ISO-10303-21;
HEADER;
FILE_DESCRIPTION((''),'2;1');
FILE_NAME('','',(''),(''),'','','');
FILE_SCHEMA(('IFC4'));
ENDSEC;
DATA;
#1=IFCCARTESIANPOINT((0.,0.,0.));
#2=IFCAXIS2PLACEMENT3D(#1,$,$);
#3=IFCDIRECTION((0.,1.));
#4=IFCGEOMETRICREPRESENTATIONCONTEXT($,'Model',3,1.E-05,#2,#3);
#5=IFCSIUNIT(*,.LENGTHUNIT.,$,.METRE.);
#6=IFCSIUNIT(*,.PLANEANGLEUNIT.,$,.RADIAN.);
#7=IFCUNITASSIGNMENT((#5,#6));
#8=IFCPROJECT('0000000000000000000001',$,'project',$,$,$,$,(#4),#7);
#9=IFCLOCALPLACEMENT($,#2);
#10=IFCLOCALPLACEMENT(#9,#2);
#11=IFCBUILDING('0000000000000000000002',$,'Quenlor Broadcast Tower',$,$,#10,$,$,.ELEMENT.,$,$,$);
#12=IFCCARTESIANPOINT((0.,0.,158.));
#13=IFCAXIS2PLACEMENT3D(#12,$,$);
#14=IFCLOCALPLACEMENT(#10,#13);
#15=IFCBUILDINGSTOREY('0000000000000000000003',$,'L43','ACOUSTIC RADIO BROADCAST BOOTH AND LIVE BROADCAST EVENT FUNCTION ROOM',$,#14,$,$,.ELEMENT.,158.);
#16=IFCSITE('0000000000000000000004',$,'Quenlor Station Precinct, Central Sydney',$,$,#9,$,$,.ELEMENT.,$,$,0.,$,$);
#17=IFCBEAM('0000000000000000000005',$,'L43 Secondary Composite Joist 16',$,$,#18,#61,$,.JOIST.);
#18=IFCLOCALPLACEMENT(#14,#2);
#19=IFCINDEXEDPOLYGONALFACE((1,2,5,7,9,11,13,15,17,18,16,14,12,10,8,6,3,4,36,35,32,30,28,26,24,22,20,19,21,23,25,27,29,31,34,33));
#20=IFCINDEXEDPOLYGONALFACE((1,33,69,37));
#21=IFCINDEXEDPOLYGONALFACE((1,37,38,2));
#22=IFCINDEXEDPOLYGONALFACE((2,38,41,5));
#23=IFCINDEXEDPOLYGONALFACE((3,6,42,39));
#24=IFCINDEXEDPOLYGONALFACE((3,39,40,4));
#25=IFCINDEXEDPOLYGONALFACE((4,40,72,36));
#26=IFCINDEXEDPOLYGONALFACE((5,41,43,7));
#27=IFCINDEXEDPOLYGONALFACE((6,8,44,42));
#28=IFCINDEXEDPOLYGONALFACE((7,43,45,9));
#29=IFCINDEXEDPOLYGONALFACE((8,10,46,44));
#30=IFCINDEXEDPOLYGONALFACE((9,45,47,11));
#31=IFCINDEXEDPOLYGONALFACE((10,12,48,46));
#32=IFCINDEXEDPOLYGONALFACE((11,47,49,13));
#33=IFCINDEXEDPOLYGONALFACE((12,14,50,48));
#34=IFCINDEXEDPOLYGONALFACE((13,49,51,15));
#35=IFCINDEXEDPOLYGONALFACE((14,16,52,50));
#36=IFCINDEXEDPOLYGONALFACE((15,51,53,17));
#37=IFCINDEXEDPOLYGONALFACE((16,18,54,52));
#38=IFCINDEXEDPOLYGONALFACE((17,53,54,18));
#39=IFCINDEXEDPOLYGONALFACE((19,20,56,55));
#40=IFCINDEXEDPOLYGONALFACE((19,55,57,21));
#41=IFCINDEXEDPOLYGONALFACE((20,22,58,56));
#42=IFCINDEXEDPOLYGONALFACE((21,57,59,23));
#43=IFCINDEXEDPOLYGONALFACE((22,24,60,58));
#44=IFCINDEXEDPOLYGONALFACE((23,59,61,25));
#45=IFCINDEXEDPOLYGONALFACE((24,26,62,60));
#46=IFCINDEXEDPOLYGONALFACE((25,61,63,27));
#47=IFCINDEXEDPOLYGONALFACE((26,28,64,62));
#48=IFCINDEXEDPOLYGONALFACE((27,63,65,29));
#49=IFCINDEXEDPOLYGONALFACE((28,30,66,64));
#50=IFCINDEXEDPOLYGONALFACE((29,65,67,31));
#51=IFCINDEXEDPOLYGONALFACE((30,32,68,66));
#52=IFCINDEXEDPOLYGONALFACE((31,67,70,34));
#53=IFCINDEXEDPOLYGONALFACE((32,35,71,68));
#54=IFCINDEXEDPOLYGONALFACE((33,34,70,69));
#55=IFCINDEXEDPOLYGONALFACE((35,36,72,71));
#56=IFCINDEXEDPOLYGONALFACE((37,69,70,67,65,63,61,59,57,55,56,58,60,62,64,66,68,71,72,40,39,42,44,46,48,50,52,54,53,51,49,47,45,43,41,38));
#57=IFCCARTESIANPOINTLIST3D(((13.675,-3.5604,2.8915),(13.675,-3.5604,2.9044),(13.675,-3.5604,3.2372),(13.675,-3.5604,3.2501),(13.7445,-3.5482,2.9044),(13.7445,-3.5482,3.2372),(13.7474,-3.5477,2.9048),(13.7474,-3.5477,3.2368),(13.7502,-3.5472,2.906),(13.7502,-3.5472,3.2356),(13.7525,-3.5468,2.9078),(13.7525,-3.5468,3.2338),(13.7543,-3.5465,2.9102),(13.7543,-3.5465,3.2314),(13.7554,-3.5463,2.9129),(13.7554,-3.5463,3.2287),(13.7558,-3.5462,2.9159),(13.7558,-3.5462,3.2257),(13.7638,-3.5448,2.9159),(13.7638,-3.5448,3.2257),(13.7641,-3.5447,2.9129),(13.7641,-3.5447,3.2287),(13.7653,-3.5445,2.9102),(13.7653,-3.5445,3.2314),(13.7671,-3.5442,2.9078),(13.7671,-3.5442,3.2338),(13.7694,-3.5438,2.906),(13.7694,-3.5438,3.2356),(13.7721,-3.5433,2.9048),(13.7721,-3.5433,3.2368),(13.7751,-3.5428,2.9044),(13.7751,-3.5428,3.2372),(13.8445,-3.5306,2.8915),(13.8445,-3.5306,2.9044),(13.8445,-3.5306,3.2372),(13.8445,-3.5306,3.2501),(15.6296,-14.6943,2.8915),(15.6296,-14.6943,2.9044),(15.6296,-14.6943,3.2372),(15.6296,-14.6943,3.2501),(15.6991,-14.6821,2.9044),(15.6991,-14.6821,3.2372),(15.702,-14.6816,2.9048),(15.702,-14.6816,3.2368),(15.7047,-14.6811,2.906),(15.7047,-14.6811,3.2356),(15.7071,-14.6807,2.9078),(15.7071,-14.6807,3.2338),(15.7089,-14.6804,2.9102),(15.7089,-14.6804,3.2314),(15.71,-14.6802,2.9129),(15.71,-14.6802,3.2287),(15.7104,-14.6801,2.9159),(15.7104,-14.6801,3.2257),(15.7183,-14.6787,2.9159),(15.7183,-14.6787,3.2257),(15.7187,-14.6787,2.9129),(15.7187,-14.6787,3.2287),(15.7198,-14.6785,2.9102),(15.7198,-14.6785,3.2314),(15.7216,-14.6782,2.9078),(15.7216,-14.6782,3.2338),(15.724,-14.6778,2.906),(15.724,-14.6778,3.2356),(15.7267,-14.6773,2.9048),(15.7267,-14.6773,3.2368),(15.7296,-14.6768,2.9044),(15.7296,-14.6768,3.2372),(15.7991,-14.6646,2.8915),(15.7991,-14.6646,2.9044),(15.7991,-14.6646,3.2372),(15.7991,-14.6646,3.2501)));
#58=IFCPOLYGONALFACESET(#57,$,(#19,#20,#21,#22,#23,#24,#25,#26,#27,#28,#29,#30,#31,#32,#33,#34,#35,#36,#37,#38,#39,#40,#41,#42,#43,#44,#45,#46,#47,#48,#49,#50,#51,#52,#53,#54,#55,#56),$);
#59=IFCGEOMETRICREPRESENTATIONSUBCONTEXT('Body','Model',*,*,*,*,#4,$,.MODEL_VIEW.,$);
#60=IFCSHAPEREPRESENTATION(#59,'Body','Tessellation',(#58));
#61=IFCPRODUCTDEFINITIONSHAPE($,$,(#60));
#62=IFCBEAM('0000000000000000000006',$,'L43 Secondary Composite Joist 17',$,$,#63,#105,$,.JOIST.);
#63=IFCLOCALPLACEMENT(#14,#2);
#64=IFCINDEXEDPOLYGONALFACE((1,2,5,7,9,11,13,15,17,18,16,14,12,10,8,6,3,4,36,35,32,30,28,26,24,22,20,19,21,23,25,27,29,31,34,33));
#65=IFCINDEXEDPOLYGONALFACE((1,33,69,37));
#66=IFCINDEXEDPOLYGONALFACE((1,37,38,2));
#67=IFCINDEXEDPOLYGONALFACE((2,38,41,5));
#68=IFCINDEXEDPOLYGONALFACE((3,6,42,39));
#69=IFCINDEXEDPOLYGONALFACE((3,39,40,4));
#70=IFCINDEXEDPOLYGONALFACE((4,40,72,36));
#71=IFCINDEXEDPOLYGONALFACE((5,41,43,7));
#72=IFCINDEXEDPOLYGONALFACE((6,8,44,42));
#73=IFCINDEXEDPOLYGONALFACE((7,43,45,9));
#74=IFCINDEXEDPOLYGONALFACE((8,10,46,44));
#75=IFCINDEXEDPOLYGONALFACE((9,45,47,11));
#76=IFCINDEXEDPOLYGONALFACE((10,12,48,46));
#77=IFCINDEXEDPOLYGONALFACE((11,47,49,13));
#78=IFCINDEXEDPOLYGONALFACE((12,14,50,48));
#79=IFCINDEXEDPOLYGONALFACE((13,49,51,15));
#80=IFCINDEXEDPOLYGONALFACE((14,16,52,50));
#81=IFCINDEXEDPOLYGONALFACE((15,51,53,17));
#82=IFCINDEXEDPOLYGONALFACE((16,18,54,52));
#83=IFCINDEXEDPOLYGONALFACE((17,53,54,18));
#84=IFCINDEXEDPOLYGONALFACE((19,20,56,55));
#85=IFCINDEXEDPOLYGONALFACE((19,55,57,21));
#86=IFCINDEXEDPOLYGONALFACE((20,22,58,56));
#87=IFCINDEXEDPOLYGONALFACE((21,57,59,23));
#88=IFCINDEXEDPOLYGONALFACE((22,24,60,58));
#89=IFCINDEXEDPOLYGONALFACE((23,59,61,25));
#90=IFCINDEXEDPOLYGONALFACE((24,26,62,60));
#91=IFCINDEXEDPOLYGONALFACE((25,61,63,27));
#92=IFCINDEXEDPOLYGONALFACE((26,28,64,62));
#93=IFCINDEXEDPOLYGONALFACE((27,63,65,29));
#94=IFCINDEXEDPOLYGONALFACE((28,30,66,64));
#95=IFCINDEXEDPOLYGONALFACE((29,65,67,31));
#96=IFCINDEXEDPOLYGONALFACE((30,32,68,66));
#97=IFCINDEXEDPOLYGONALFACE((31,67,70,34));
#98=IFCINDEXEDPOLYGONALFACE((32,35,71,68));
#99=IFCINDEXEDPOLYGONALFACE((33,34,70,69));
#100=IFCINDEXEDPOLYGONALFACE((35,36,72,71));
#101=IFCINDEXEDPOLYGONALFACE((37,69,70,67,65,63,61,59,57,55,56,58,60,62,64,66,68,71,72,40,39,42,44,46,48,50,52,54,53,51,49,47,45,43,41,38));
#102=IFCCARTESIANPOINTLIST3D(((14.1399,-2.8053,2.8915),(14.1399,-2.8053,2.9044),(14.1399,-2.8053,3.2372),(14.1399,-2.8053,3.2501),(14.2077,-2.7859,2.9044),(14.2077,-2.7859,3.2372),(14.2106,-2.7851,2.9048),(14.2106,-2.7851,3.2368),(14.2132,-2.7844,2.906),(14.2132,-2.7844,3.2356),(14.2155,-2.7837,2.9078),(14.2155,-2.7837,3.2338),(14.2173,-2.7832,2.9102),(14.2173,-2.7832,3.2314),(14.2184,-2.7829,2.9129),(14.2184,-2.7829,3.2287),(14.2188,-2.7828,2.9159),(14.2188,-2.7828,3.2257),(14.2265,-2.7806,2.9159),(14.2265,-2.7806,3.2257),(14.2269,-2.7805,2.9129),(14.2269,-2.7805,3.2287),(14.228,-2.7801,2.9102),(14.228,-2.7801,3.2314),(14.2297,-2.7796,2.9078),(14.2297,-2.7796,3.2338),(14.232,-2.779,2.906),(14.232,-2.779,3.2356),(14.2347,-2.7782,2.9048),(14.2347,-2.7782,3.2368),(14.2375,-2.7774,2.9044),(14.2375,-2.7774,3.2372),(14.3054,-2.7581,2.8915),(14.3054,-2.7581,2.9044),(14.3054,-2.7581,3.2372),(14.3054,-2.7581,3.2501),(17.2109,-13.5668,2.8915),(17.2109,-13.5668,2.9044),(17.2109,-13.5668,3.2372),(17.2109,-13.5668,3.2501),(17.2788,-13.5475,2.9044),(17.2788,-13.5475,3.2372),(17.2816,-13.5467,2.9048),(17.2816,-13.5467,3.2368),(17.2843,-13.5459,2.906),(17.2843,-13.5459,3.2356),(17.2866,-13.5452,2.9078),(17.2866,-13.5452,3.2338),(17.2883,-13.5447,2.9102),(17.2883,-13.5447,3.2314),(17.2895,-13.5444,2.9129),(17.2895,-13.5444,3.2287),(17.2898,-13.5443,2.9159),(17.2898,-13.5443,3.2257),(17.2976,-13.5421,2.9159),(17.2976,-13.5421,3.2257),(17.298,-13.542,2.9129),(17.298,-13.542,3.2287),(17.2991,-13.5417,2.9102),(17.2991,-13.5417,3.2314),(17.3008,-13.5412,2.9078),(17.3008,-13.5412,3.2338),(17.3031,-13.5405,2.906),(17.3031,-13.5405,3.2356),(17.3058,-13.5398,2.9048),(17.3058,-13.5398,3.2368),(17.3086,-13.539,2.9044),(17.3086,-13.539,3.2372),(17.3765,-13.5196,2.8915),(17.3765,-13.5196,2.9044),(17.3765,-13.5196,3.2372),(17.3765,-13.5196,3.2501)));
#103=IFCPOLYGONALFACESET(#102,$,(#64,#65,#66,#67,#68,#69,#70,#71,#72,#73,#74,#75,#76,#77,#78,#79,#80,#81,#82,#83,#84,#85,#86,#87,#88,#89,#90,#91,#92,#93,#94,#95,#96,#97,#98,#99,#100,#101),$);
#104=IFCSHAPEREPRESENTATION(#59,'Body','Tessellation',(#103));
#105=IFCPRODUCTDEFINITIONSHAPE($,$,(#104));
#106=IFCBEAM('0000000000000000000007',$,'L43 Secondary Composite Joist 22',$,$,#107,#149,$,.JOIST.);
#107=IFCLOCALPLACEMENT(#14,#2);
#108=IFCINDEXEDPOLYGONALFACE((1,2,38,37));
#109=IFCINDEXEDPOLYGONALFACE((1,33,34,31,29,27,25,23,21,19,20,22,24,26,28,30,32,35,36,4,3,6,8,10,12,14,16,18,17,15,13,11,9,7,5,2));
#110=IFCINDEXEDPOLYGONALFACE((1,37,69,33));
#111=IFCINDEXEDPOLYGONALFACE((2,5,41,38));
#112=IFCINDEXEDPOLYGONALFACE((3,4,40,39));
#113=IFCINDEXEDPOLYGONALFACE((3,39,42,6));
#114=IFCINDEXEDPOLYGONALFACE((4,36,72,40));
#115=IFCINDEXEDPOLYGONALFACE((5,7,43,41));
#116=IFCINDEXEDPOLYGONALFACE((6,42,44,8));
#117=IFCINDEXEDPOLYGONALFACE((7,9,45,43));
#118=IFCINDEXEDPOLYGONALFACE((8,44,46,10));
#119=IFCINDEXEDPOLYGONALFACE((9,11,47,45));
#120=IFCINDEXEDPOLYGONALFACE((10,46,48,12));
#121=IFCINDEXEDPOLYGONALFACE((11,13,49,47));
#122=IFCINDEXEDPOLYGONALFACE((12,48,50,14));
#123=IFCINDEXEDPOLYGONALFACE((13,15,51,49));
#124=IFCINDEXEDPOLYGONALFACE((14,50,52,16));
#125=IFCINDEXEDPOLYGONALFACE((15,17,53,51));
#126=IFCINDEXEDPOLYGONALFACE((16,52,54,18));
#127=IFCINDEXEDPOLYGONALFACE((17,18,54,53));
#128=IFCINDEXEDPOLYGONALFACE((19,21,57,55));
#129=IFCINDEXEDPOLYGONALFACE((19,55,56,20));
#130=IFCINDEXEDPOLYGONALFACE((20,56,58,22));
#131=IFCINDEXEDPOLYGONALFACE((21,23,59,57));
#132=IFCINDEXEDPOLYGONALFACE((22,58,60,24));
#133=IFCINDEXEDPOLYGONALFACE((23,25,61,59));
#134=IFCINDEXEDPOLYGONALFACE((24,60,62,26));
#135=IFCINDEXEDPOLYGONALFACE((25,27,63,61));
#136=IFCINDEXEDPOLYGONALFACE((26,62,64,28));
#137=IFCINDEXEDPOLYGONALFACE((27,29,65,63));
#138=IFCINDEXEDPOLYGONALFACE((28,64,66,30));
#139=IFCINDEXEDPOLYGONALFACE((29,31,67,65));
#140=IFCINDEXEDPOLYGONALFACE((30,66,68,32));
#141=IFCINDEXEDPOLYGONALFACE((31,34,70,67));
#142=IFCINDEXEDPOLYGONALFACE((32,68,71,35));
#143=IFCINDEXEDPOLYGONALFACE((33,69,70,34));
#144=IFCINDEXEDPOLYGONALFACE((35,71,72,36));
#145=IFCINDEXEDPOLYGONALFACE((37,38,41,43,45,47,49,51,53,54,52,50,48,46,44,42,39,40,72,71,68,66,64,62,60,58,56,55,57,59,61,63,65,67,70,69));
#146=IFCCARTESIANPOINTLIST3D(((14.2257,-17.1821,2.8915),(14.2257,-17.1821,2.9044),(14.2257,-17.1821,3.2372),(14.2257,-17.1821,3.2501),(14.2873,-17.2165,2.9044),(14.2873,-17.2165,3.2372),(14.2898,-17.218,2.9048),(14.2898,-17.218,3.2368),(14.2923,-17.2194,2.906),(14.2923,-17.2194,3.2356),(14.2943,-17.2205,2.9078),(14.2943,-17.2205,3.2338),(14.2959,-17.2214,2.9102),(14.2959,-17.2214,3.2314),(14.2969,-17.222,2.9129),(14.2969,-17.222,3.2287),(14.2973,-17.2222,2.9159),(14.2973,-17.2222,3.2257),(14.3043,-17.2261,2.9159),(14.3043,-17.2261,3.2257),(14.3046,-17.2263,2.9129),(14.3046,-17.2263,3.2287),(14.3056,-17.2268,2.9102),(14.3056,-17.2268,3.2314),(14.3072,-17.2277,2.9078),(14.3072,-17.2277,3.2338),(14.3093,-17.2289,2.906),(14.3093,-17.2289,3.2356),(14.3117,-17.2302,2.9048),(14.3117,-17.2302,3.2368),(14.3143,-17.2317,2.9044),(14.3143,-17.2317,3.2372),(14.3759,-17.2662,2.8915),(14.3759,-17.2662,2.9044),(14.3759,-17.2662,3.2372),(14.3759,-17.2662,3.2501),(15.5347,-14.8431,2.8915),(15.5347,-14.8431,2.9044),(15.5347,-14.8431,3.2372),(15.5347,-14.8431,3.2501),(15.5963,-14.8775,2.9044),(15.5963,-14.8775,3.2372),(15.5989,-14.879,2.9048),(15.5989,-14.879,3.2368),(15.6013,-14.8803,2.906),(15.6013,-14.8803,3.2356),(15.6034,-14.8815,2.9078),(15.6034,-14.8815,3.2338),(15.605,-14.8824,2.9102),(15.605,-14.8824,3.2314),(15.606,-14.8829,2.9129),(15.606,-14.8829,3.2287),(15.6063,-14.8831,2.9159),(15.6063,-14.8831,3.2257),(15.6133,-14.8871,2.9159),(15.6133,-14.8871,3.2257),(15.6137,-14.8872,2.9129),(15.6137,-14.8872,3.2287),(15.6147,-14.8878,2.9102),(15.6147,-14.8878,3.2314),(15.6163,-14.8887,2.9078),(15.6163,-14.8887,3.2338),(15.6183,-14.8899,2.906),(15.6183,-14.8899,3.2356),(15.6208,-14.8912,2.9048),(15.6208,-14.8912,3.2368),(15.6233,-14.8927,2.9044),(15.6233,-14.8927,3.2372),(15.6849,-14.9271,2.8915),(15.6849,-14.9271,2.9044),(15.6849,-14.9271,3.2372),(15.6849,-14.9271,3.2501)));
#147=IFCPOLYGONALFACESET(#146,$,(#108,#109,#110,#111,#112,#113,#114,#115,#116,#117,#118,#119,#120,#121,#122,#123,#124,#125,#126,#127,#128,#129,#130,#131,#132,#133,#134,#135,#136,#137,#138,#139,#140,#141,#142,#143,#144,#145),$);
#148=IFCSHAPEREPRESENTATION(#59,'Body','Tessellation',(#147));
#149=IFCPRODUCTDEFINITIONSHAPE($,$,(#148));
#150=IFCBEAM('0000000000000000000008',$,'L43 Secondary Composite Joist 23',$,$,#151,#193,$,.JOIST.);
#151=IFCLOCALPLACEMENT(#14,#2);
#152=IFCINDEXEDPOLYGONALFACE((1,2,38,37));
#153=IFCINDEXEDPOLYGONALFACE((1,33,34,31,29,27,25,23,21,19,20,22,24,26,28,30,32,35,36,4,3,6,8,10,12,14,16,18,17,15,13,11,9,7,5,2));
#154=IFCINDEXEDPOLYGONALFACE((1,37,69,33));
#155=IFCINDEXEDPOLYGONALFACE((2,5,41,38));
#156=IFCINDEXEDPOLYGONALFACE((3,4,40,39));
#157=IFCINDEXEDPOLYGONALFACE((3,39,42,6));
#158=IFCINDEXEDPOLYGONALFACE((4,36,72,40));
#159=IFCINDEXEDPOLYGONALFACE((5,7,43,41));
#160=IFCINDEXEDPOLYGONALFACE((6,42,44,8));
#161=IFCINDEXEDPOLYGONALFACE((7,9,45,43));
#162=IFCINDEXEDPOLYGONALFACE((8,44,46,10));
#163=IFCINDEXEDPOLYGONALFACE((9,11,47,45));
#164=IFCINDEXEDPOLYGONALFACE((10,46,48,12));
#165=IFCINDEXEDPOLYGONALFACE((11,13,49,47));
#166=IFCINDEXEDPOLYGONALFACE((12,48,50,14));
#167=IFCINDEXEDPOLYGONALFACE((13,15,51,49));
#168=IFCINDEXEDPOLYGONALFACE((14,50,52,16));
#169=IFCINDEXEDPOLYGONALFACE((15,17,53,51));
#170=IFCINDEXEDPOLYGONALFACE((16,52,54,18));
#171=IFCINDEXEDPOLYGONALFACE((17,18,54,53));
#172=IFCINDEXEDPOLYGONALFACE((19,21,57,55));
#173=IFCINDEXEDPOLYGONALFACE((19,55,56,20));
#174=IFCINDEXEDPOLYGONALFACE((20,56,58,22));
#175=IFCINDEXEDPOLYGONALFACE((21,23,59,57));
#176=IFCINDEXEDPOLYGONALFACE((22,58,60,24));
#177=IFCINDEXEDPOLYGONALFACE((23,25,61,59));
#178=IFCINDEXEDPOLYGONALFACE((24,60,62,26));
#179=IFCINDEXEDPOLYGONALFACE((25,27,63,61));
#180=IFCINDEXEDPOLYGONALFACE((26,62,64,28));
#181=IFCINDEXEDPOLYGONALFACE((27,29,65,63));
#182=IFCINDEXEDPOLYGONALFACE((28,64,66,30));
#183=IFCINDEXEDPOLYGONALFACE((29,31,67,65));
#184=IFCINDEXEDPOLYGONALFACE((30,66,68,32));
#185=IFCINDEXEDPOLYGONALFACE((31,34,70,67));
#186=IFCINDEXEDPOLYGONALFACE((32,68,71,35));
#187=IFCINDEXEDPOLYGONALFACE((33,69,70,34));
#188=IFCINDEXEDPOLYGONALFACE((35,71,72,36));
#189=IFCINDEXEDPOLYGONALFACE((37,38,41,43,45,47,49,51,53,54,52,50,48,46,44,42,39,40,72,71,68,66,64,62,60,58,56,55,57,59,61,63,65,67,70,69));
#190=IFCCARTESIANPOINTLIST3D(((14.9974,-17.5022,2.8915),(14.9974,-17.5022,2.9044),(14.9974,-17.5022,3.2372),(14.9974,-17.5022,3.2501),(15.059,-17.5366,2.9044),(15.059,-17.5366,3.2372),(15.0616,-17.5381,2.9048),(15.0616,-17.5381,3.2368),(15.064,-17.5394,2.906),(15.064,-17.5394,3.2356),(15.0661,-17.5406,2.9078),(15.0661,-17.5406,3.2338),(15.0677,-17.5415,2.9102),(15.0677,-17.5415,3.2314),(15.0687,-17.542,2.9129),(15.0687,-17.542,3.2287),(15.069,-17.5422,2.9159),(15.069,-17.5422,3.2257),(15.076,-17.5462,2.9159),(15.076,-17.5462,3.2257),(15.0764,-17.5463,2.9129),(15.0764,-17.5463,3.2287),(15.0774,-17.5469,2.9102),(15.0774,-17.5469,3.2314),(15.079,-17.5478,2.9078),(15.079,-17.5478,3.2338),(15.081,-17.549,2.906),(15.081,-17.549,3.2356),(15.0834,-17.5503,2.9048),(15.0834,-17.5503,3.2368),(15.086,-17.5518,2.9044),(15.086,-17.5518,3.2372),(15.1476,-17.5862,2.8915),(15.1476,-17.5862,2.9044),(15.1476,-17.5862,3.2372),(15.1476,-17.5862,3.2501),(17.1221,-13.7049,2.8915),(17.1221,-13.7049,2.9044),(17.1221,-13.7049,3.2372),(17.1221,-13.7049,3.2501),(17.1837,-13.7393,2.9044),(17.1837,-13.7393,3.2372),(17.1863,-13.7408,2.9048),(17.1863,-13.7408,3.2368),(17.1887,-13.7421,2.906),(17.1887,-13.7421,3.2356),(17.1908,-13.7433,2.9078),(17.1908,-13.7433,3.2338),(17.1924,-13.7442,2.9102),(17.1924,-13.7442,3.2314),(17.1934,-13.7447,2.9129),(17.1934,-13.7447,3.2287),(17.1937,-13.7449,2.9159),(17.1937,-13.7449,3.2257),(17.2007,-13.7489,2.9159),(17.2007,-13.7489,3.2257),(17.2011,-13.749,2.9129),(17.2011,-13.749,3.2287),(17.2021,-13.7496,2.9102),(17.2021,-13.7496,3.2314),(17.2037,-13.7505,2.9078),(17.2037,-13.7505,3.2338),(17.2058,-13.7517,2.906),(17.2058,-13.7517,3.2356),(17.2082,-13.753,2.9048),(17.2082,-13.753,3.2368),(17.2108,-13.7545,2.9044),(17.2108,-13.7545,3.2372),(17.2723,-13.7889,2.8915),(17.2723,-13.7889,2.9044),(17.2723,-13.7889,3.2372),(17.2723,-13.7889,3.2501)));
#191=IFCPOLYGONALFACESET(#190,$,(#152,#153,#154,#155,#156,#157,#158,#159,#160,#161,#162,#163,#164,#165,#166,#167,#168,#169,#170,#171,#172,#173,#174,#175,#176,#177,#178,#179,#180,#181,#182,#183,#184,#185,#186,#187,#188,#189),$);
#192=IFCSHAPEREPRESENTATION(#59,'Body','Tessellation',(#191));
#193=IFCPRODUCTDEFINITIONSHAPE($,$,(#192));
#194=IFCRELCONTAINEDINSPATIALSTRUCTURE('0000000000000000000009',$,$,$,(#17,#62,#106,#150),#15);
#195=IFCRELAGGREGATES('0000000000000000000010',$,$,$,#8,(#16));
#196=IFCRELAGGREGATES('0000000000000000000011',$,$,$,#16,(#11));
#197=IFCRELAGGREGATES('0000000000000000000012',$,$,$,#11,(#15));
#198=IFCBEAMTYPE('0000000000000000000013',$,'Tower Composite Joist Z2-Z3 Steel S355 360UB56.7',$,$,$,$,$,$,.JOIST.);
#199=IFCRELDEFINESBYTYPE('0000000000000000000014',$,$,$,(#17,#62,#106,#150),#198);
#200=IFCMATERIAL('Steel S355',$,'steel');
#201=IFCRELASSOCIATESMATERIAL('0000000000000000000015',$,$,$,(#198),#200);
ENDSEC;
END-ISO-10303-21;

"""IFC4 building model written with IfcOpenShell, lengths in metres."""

from ifc_helpers import new_model, si_unit, direction, frame, origin, origin_2d, place, context, subcontext, project, spatial, i_section, extrude, material, material_profile, profile_set, type_object, element, save


model = new_model("IFC4")

# Units and contexts
model_context = context("Model", 3, precision=1e-05, world=origin(), true_north=direction((0.0, 1.0)))
body_context = subcontext(model_context, "Body", "Model", "MODEL_VIEW")
ifc_project = project(units=[si_unit("LENGTHUNIT", "METRE"), si_unit("PLANEANGLEUNIT", "RADIAN")], contexts=[model_context])

# Site, building, storey
site_placement = place(None, origin())
site = spatial("IfcSite", under=ifc_project, at=site_placement, Name="Quenlor Station Precinct, Central Sydney", CompositionType="ELEMENT", RefElevation=0.0)
building_placement = place(site_placement, origin())
building = spatial("IfcBuilding", under=site, at=building_placement, Name="Quenlor Broadcast Tower", CompositionType="ELEMENT")
storey_placement = place(building_placement, frame((0.0, 0.0, 158.0)))
storey = spatial("IfcBuildingStorey", under=building, at=storey_placement, Name="L43", Description="ACOUSTIC RADIO BROADCAST BOOTH AND LIVE BROADCAST EVENT FUNCTION ROOM", CompositionType="ELEMENT", Elevation=158.0)

# Beams
ifc_material_1 = material(Name="Steel S355", Category="steel")
ifc_material_profile_1 = material_profile(ifc_material_1, i_section(OverallWidth=0.1721, OverallDepth=0.3586, WebThickness=0.0081, FlangeThickness=0.0129, FilletRadius=0.0115, at=origin_2d()))
ifc_profile_set_1 = profile_set([ifc_material_profile_1], Name="Steel S355 360UB56.7")
beam_type_1 = type_object("IfcBeamType", Name="Tower Composite Joist Z2-Z3 Steel S355 360UB56.7", PredefinedType="JOIST", material=ifc_profile_set_1)
beam_1_placement = place(storey_placement, frame((15.7144, -14.6794, 3.0708), z_axis=(-0.172907, 0.984938, 0.0), x_axis=(-0.984938, -0.172907, 0.0)))
element("IfcBeam", 1, at=beam_1_placement, inside=storey, type_object=beam_type_1, Name="L43 Secondary Composite Joist 16", PredefinedType="JOIST", context=body_context, shape_type="SweptSolid", body=[
    extrude(i_section(OverallWidth=0.1721, OverallDepth=0.3586, WebThickness=0.0081, FlangeThickness=0.0129, FilletRadius=0.0115, at=origin_2d()), origin(), (0.0, 0.0, 1.0), 11.3042),
])
beam_2_placement = place(storey_placement, frame((17.2937, -13.5432, 3.0708), z_axis=(-0.274419, 0.96161, 0.0), x_axis=(-0.96161, -0.274419, 0.0)))
element("IfcBeam", 2, at=beam_2_placement, inside=storey, type_object=beam_type_1, Name="L43 Secondary Composite Joist 17", PredefinedType="JOIST", context=body_context, shape_type="SweptSolid", body=[
    extrude(i_section(OverallWidth=0.1721, OverallDepth=0.3586, WebThickness=0.0081, FlangeThickness=0.0129, FilletRadius=0.0115, at=origin_2d()), origin(), (0.0, 0.0, 1.0), 11.1912),
])
beam_3_placement = place(storey_placement, frame((14.3008, -17.2241, 3.0708), z_axis=(0.48837, 0.872636, 0.0), x_axis=(-0.872636, 0.48837, 0.0)))
element("IfcBeam", 3, at=beam_3_placement, inside=storey, type_object=beam_type_1, Name="L43 Secondary Composite Joist 22", PredefinedType="JOIST", context=body_context, shape_type="SweptSolid", body=[
    extrude(i_section(OverallWidth=0.1721, OverallDepth=0.3586, WebThickness=0.0081, FlangeThickness=0.0129, FilletRadius=0.0115, at=origin_2d()), origin(), (0.0, 0.0, 1.0), 2.6804),
])
beam_4_placement = place(storey_placement, frame((15.0725, -17.5442, 3.0708), z_axis=(0.488294, 0.872679, 0.0), x_axis=(-0.872679, 0.488294, 0.0)))
element("IfcBeam", 4, at=beam_4_placement, inside=storey, type_object=beam_type_1, Name="L43 Secondary Composite Joist 23", PredefinedType="JOIST", context=body_context, shape_type="SweptSolid", body=[
    extrude(i_section(OverallWidth=0.1721, OverallDepth=0.3586, WebThickness=0.0081, FlangeThickness=0.0129, FilletRadius=0.0115, at=origin_2d()), origin(), (0.0, 0.0, 1.0), 4.3513),
])

save(model, "model.ifc")
